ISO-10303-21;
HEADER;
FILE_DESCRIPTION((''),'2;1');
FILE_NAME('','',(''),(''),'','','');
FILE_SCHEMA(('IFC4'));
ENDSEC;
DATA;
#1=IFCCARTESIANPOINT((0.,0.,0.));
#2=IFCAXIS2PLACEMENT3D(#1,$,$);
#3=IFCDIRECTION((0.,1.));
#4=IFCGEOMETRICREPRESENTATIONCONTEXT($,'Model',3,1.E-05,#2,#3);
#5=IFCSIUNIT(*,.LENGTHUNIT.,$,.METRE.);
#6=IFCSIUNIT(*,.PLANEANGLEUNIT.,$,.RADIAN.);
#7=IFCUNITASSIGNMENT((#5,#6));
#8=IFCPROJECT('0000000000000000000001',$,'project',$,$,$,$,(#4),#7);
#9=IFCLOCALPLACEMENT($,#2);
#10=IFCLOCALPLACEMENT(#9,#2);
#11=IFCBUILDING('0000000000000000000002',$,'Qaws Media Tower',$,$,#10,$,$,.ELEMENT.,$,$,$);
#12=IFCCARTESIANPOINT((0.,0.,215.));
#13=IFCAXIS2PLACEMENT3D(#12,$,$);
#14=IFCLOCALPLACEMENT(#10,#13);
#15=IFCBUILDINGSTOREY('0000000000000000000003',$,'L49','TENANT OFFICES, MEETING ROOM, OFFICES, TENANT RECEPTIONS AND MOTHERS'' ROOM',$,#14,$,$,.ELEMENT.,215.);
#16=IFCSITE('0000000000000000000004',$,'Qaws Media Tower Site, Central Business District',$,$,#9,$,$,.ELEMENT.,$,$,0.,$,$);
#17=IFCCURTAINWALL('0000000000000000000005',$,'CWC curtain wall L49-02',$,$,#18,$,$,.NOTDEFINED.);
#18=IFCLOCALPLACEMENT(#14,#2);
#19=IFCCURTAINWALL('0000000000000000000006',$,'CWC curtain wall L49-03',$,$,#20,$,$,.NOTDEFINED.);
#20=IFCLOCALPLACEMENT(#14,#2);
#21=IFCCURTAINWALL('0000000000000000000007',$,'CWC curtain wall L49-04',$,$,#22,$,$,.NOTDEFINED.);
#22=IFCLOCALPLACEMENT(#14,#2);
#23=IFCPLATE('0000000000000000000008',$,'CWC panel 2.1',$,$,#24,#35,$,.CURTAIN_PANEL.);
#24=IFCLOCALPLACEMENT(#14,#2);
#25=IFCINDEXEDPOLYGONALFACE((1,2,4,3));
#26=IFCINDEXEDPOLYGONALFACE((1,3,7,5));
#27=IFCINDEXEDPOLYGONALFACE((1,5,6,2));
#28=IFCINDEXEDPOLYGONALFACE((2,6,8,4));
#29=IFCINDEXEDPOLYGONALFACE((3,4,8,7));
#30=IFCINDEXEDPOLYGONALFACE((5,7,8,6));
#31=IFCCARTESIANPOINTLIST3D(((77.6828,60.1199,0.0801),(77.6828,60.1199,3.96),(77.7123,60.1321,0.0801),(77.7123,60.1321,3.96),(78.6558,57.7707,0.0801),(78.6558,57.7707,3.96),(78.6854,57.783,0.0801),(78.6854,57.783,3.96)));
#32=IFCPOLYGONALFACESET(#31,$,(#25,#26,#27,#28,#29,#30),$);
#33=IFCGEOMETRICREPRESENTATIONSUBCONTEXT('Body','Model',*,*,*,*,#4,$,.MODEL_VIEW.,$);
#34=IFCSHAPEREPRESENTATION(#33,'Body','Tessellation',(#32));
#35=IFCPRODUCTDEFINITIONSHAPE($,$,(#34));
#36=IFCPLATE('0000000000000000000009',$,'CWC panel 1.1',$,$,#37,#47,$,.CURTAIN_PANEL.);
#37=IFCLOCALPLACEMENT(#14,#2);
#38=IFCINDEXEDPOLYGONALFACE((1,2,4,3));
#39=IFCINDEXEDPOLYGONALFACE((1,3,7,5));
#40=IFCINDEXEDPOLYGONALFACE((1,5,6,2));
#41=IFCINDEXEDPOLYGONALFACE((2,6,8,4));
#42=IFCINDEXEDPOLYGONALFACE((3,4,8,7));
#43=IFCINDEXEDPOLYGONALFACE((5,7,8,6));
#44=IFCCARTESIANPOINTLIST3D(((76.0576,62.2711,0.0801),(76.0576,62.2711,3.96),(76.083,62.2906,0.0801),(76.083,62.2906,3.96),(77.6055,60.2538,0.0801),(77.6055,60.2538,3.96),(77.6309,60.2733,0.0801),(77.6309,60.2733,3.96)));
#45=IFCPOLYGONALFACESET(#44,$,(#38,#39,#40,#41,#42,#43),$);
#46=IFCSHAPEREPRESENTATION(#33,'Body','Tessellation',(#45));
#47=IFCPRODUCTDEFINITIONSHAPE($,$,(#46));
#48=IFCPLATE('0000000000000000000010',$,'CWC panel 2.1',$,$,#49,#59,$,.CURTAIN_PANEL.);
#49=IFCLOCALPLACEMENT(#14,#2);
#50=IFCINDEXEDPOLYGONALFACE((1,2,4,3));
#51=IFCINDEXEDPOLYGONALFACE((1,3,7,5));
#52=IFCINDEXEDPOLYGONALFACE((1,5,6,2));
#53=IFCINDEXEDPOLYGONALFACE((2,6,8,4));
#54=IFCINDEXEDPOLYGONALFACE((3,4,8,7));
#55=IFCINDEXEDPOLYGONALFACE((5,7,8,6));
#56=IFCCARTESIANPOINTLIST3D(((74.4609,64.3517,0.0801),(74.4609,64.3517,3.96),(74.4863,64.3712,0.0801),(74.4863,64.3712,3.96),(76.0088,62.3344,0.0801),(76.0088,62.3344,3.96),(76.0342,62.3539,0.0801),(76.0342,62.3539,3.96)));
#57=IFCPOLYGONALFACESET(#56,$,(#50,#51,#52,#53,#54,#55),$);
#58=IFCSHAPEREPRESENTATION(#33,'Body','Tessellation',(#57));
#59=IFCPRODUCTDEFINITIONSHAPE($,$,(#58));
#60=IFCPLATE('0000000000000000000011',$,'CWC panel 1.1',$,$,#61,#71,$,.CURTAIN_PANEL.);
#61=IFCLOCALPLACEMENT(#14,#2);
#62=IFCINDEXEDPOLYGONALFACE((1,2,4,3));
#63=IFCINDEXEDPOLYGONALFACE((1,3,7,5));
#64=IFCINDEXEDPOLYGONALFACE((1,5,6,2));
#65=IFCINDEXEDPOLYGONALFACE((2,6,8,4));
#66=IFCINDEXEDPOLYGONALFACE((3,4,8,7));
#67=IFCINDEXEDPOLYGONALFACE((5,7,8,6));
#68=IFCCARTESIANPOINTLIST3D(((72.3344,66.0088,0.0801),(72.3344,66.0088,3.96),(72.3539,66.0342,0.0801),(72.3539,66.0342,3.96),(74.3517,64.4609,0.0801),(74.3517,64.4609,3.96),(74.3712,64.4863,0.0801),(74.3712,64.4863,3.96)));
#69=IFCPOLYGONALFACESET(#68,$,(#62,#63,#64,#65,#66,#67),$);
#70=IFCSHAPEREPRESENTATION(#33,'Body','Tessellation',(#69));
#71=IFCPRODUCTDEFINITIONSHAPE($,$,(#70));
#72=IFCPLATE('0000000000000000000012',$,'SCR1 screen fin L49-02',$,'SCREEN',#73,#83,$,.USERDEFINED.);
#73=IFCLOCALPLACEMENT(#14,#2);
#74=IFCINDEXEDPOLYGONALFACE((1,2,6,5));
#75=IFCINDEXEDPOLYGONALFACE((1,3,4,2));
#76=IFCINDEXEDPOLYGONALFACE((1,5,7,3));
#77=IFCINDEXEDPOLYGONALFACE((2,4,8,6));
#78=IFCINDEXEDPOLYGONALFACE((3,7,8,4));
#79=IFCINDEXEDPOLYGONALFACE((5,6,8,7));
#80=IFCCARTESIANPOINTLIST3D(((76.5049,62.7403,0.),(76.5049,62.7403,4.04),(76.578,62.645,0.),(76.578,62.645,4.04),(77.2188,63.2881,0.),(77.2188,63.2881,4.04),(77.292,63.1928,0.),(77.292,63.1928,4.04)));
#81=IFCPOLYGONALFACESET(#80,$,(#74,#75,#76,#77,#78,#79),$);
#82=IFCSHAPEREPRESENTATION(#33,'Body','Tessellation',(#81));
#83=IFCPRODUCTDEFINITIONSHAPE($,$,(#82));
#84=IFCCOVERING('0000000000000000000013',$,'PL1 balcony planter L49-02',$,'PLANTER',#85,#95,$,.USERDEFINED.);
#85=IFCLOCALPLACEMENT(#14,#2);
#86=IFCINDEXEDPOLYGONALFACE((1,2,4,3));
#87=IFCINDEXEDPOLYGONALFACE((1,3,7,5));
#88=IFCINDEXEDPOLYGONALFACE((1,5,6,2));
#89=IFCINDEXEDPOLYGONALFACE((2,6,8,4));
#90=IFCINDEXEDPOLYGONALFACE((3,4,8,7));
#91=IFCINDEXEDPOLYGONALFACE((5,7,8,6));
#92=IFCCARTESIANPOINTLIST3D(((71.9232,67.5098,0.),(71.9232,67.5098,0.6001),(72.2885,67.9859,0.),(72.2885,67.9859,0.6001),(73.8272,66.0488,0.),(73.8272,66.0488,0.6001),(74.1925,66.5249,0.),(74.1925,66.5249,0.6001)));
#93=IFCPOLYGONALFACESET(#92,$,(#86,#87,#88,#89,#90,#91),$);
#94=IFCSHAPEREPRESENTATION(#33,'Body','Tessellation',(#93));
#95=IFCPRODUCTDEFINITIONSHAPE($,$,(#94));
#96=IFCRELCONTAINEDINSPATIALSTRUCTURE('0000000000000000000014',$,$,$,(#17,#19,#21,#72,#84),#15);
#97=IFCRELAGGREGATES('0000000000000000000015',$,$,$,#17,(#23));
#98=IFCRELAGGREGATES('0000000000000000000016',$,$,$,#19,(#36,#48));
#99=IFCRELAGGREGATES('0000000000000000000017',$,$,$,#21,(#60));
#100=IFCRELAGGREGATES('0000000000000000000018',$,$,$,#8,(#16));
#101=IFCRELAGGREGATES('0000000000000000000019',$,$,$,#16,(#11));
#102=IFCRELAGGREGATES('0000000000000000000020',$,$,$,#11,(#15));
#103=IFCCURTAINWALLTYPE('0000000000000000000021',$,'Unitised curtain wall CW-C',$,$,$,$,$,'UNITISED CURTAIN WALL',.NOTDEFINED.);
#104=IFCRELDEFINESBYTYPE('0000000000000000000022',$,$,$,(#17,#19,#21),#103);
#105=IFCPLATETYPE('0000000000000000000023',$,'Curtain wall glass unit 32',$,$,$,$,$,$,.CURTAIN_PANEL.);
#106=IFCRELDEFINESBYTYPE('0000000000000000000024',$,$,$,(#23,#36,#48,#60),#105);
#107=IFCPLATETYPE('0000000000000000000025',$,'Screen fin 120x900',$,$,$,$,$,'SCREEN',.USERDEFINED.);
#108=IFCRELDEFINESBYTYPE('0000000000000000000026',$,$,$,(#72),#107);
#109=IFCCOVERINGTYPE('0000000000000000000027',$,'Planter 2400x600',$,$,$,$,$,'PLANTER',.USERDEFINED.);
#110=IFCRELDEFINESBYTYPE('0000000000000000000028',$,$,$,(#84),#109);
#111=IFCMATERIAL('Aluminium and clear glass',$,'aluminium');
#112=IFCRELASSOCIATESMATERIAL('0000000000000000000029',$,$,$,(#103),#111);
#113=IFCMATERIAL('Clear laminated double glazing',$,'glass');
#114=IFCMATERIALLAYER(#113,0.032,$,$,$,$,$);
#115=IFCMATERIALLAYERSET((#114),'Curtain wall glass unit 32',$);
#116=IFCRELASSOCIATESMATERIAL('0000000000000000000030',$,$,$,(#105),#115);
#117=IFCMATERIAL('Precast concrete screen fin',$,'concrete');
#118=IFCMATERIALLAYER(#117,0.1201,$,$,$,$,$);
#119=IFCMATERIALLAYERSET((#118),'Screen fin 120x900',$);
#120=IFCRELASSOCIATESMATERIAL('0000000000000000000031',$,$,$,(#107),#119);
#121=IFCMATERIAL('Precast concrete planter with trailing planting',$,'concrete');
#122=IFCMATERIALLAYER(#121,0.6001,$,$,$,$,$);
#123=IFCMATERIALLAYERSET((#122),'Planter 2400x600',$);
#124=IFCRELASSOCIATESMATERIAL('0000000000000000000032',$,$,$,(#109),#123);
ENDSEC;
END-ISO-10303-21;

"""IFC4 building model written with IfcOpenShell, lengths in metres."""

from ifc_helpers import new_model, si_unit, direction, frame, origin, origin_2d, place, context, subcontext, project, spatial, rectangle, extrude, material, layer, layer_set, type_object, element, aggregate, save


model = new_model("IFC4")

# Units and contexts
model_context = context("Model", 3, precision=1e-05, world=origin(), true_north=direction((0.0, 1.0)))
body_context = subcontext(model_context, "Body", "Model", "MODEL_VIEW")
ifc_project = project(units=[si_unit("LENGTHUNIT", "METRE"), si_unit("PLANEANGLEUNIT", "RADIAN")], contexts=[model_context])

# Site, building, storey
site_placement = place(None, origin())
site = spatial("IfcSite", under=ifc_project, at=site_placement, Name="Qaws Media Tower Site, Central Business District", CompositionType="ELEMENT", RefElevation=0.0)
building_placement = place(site_placement, origin())
building = spatial("IfcBuilding", under=site, at=building_placement, Name="Qaws Media Tower", CompositionType="ELEMENT")
storey_placement = place(building_placement, frame((0.0, 0.0, 215.0)))
storey = spatial("IfcBuildingStorey", under=building, at=storey_placement, Name="L49", Description="TENANT OFFICES, MEETING ROOM, OFFICES, TENANT RECEPTIONS AND MOTHERS' ROOM", CompositionType="ELEMENT", Elevation=215.0)

# Curtain wall
ifc_material_1 = material(Name="Aluminium and clear glass", Category="aluminium")
curtain_wall_type = type_object("IfcCurtainWallType", Name="Unitised curtain wall CW-C", ElementType="UNITISED CURTAIN WALL", PredefinedType="NOTDEFINED", material=ifc_material_1)
curtain_wall_1_placement = place(storey_placement, origin())
curtain_wall_1 = element("IfcCurtainWall", 1, at=curtain_wall_1_placement, inside=storey, type_object=curtain_wall_type, Name="CWC curtain wall L49-02", PredefinedType="NOTDEFINED")

# Curtain walls
curtain_wall_2_placement = place(storey_placement, origin())
curtain_wall_2 = element("IfcCurtainWall", 2, at=curtain_wall_2_placement, inside=storey, type_object=curtain_wall_type, Name="CWC curtain wall L49-03", PredefinedType="NOTDEFINED")
curtain_wall_3_placement = place(storey_placement, origin())
curtain_wall_3 = element("IfcCurtainWall", 3, at=curtain_wall_3_placement, inside=storey, type_object=curtain_wall_type, Name="CWC curtain wall L49-04", PredefinedType="NOTDEFINED")

# Plates
ifc_material_2 = material(Name="Clear laminated double glazing", Category="glass")
ifc_layer_1 = layer(ifc_material_2, 0.032)
ifc_layer_set_1 = layer_set([ifc_layer_1], Name="Curtain wall glass unit 32")
plate_type_1 = type_object("IfcPlateType", Name="Curtain wall glass unit 32", PredefinedType="CURTAIN_PANEL", material=ifc_layer_set_1)
plate_1_placement = place(storey_placement, frame((78.1841, 58.9514, 0.0801), z_axis=(0.0, 0.0, 1.0), x_axis=(-0.382684, 0.923879, 0.0)))
plate_1 = element("IfcPlate", 4, at=plate_1_placement, type_object=plate_type_1, Name="CWC panel 2.1", PredefinedType="CURTAIN_PANEL", context=body_context, shape_type="SweptSolid", body=[
    extrude(rectangle(XDim=2.5427, YDim=0.032, at=origin_2d()), origin(), (0.0, 0.0, 1.0), 3.8799),
])
aggregate(curtain_wall_1, [plate_1])
plate_2_placement = place(storey_placement, frame((76.8442, 61.2722, 0.0801), z_axis=(0.0, 0.0, 1.0), x_axis=(-0.608761, 0.793353, 0.0)))
plate_2 = element("IfcPlate", 5, at=plate_2_placement, type_object=plate_type_1, Name="CWC panel 1.1", PredefinedType="CURTAIN_PANEL", context=body_context, shape_type="SweptSolid", body=[
    extrude(rectangle(XDim=2.5427, YDim=0.032, at=origin_2d()), origin(), (0.0, 0.0, 1.0), 3.8799),
])
plate_3_placement = place(storey_placement, frame((75.2476, 63.3528, 0.0801), z_axis=(0.0, 0.0, 1.0), x_axis=(-0.608761, 0.793353, 0.0)))
plate_3 = element("IfcPlate", 6, at=plate_3_placement, type_object=plate_type_1, Name="CWC panel 2.1", PredefinedType="CURTAIN_PANEL", context=body_context, shape_type="SweptSolid", body=[
    extrude(rectangle(XDim=2.5427, YDim=0.032, at=origin_2d()), origin(), (0.0, 0.0, 1.0), 3.8799),
])
aggregate(curtain_wall_2, [plate_2, plate_3])
plate_4_placement = place(storey_placement, frame((73.3528, 65.2476, 0.0801), z_axis=(0.0, 0.0, 1.0), x_axis=(-0.793353, 0.608761, 0.0)))
plate_4 = element("IfcPlate", 7, at=plate_4_placement, type_object=plate_type_1, Name="CWC panel 1.1", PredefinedType="CURTAIN_PANEL", context=body_context, shape_type="SweptSolid", body=[
    extrude(rectangle(XDim=2.5427, YDim=0.032, at=origin_2d()), origin(), (0.0, 0.0, 1.0), 3.8799),
])
aggregate(curtain_wall_3, [plate_4])
ifc_material_3 = material(Name="Precast concrete screen fin", Category="concrete")
ifc_layer_2 = layer(ifc_material_3, 0.1201)
ifc_layer_set_2 = layer_set([ifc_layer_2], Name="Screen fin 120x900")
plate_type_2 = type_object("IfcPlateType", Name="Screen fin 120x900", ElementType="SCREEN", PredefinedType="USERDEFINED", material=ifc_layer_set_2)
plate_5_placement = place(storey_placement, frame((76.8984, 62.9666, 0.0), z_axis=(0.0, 0.0, 1.0), x_axis=(0.793353, 0.608761, 0.0)))
element("IfcPlate", 8, at=plate_5_placement, inside=storey, type_object=plate_type_2, Name="SCR1 screen fin L49-02", ObjectType="SCREEN", PredefinedType="USERDEFINED", context=body_context, shape_type="SweptSolid", body=[
    extrude(rectangle(XDim=0.8999, YDim=0.1201, at=origin_2d()), origin(), (0.0, 0.0, 1.0), 4.04),
])

# Covering
ifc_material_4 = material(Name="Precast concrete planter with trailing planting", Category="concrete")
ifc_layer_3 = layer(ifc_material_4, 0.6001)
ifc_layer_set_3 = layer_set([ifc_layer_3], Name="Planter 2400x600")
covering_type = type_object("IfcCoveringType", Name="Planter 2400x600", ElementType="PLANTER", PredefinedType="USERDEFINED", material=ifc_layer_set_3)
covering_placement = place(storey_placement, frame((73.0579, 67.0173, 0.0), z_axis=(0.0, 0.0, 1.0), x_axis=(-0.793353, 0.608761, 0.0)))
element("IfcCovering", 9, at=covering_placement, inside=storey, type_object=covering_type, Name="PL1 balcony planter L49-02", ObjectType="PLANTER", PredefinedType="USERDEFINED", context=body_context, shape_type="SweptSolid", body=[
    extrude(rectangle(XDim=2.3999, YDim=0.6001, at=origin_2d()), origin(), (0.0, 0.0, 1.0), 0.6001),
])

save(model, "model.ifc")
